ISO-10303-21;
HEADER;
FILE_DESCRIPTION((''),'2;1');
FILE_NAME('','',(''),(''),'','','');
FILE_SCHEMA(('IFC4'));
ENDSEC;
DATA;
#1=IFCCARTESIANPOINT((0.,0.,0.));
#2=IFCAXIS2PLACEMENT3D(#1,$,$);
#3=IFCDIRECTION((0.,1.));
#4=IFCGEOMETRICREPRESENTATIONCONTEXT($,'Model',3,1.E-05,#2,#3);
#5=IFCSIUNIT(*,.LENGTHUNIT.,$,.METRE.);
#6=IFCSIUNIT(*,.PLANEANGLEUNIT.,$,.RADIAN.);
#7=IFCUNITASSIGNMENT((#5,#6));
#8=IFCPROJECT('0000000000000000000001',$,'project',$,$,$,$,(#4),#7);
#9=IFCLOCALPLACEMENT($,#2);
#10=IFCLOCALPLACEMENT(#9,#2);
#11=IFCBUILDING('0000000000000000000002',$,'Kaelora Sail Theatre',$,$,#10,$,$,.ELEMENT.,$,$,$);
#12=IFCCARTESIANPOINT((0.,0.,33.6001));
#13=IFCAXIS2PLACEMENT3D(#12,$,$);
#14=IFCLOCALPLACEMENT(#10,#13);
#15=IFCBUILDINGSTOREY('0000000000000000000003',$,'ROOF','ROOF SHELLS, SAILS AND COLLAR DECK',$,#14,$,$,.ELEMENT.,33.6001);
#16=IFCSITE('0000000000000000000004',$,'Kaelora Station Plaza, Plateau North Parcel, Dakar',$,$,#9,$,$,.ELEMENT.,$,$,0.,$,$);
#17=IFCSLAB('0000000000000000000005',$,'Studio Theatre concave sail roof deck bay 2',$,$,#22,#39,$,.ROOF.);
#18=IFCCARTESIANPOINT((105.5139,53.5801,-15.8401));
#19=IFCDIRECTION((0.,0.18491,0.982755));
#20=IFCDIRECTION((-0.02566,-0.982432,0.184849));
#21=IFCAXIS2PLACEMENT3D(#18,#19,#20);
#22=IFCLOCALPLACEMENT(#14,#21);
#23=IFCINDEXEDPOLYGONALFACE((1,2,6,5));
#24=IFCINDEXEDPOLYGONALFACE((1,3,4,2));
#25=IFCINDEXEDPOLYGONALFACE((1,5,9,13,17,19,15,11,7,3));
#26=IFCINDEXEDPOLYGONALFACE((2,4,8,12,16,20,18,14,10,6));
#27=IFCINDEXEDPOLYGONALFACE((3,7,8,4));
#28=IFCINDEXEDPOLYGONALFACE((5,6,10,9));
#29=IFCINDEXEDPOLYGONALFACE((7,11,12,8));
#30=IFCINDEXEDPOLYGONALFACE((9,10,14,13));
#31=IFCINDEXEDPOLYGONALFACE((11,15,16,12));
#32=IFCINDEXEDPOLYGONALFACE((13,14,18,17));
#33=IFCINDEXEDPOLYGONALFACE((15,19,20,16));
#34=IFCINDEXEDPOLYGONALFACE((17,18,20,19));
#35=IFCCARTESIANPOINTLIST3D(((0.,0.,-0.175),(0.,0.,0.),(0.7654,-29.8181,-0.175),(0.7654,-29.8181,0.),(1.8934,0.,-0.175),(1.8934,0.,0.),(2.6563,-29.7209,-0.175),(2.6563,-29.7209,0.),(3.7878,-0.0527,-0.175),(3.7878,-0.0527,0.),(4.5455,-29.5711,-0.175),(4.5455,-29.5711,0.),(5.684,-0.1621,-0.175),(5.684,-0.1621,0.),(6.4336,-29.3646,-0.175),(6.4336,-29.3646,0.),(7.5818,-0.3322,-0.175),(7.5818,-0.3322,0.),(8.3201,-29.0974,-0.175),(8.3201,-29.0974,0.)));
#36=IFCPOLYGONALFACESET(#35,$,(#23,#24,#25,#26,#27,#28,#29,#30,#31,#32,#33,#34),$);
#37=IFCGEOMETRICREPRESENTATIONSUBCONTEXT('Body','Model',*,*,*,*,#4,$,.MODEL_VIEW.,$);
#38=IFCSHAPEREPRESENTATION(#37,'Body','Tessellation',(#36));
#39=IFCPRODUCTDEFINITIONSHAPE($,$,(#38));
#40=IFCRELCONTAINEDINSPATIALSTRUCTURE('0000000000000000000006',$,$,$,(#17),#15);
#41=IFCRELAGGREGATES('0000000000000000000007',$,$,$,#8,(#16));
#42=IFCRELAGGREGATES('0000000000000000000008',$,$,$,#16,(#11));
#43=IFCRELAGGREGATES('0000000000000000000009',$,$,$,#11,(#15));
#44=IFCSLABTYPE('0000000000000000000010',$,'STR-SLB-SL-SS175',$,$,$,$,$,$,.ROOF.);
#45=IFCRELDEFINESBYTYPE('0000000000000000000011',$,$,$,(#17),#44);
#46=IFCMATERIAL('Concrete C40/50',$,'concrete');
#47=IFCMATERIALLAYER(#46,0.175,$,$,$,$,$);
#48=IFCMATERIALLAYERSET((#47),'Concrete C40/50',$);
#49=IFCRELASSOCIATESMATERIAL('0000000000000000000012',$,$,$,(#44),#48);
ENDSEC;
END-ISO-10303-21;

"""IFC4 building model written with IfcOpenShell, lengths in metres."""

from ifc_helpers import new_model, si_unit, direction, frame, origin, place, context, subcontext, project, spatial, polyline, outline, extrude, material, layer, layer_set, type_object, element, save


model = new_model("IFC4")

# Units and contexts
model_context = context("Model", 3, precision=1e-05, world=origin(), true_north=direction((0.0, 1.0)))
body_context = subcontext(model_context, "Body", "Model", "MODEL_VIEW")
ifc_project = project(units=[si_unit("LENGTHUNIT", "METRE"), si_unit("PLANEANGLEUNIT", "RADIAN")], contexts=[model_context])

# Site, building, storey
site_placement = place(None, origin())
site = spatial("IfcSite", under=ifc_project, at=site_placement, Name="Kaelora Station Plaza, Plateau North Parcel, Dakar", CompositionType="ELEMENT", RefElevation=0.0)
building_placement = place(site_placement, origin())
building = spatial("IfcBuilding", under=site, at=building_placement, Name="Kaelora Sail Theatre", CompositionType="ELEMENT")
storey_placement = place(building_placement, frame((0.0, 0.0, 33.6001)))
storey = spatial("IfcBuildingStorey", under=building, at=storey_placement, Name="ROOF", Description="ROOF SHELLS, SAILS AND COLLAR DECK", CompositionType="ELEMENT", Elevation=33.6001)

# Slab
ifc_material_1 = material(Name="Concrete C40/50", Category="concrete")
ifc_layer_1 = layer(ifc_material_1, 0.175)
ifc_layer_set_1 = layer_set([ifc_layer_1], Name="Concrete C40/50")
slab_type = type_object("IfcSlabType", Name="STR-SLB-SL-SS175", PredefinedType="ROOF", material=ifc_layer_set_1)
slab_placement = place(storey_placement, frame((105.5139, 53.5801, -15.8401), z_axis=(0.0, 0.18491, 0.982755), x_axis=(-0.02566, -0.982432, 0.184849)))
element("IfcSlab", 1, at=slab_placement, inside=storey, type_object=slab_type, Name="Studio Theatre concave sail roof deck bay 2", PredefinedType="ROOF", context=body_context, shape_type="SweptSolid", body=[
    extrude(outline(polyline([(0.0, 0.0), (1.8934, 0.0), (3.7878, -0.0527), (5.684, -0.1621), (7.5818, -0.3322), (8.3201, -29.0974), (6.4336, -29.3646), (4.5455, -29.5711), (2.6563, -29.7209), (0.7654, -29.8181), (0.0, 0.0)])), origin(), (0.0, 0.0, -1.0), 0.175),
])

save(model, "model.ifc")
